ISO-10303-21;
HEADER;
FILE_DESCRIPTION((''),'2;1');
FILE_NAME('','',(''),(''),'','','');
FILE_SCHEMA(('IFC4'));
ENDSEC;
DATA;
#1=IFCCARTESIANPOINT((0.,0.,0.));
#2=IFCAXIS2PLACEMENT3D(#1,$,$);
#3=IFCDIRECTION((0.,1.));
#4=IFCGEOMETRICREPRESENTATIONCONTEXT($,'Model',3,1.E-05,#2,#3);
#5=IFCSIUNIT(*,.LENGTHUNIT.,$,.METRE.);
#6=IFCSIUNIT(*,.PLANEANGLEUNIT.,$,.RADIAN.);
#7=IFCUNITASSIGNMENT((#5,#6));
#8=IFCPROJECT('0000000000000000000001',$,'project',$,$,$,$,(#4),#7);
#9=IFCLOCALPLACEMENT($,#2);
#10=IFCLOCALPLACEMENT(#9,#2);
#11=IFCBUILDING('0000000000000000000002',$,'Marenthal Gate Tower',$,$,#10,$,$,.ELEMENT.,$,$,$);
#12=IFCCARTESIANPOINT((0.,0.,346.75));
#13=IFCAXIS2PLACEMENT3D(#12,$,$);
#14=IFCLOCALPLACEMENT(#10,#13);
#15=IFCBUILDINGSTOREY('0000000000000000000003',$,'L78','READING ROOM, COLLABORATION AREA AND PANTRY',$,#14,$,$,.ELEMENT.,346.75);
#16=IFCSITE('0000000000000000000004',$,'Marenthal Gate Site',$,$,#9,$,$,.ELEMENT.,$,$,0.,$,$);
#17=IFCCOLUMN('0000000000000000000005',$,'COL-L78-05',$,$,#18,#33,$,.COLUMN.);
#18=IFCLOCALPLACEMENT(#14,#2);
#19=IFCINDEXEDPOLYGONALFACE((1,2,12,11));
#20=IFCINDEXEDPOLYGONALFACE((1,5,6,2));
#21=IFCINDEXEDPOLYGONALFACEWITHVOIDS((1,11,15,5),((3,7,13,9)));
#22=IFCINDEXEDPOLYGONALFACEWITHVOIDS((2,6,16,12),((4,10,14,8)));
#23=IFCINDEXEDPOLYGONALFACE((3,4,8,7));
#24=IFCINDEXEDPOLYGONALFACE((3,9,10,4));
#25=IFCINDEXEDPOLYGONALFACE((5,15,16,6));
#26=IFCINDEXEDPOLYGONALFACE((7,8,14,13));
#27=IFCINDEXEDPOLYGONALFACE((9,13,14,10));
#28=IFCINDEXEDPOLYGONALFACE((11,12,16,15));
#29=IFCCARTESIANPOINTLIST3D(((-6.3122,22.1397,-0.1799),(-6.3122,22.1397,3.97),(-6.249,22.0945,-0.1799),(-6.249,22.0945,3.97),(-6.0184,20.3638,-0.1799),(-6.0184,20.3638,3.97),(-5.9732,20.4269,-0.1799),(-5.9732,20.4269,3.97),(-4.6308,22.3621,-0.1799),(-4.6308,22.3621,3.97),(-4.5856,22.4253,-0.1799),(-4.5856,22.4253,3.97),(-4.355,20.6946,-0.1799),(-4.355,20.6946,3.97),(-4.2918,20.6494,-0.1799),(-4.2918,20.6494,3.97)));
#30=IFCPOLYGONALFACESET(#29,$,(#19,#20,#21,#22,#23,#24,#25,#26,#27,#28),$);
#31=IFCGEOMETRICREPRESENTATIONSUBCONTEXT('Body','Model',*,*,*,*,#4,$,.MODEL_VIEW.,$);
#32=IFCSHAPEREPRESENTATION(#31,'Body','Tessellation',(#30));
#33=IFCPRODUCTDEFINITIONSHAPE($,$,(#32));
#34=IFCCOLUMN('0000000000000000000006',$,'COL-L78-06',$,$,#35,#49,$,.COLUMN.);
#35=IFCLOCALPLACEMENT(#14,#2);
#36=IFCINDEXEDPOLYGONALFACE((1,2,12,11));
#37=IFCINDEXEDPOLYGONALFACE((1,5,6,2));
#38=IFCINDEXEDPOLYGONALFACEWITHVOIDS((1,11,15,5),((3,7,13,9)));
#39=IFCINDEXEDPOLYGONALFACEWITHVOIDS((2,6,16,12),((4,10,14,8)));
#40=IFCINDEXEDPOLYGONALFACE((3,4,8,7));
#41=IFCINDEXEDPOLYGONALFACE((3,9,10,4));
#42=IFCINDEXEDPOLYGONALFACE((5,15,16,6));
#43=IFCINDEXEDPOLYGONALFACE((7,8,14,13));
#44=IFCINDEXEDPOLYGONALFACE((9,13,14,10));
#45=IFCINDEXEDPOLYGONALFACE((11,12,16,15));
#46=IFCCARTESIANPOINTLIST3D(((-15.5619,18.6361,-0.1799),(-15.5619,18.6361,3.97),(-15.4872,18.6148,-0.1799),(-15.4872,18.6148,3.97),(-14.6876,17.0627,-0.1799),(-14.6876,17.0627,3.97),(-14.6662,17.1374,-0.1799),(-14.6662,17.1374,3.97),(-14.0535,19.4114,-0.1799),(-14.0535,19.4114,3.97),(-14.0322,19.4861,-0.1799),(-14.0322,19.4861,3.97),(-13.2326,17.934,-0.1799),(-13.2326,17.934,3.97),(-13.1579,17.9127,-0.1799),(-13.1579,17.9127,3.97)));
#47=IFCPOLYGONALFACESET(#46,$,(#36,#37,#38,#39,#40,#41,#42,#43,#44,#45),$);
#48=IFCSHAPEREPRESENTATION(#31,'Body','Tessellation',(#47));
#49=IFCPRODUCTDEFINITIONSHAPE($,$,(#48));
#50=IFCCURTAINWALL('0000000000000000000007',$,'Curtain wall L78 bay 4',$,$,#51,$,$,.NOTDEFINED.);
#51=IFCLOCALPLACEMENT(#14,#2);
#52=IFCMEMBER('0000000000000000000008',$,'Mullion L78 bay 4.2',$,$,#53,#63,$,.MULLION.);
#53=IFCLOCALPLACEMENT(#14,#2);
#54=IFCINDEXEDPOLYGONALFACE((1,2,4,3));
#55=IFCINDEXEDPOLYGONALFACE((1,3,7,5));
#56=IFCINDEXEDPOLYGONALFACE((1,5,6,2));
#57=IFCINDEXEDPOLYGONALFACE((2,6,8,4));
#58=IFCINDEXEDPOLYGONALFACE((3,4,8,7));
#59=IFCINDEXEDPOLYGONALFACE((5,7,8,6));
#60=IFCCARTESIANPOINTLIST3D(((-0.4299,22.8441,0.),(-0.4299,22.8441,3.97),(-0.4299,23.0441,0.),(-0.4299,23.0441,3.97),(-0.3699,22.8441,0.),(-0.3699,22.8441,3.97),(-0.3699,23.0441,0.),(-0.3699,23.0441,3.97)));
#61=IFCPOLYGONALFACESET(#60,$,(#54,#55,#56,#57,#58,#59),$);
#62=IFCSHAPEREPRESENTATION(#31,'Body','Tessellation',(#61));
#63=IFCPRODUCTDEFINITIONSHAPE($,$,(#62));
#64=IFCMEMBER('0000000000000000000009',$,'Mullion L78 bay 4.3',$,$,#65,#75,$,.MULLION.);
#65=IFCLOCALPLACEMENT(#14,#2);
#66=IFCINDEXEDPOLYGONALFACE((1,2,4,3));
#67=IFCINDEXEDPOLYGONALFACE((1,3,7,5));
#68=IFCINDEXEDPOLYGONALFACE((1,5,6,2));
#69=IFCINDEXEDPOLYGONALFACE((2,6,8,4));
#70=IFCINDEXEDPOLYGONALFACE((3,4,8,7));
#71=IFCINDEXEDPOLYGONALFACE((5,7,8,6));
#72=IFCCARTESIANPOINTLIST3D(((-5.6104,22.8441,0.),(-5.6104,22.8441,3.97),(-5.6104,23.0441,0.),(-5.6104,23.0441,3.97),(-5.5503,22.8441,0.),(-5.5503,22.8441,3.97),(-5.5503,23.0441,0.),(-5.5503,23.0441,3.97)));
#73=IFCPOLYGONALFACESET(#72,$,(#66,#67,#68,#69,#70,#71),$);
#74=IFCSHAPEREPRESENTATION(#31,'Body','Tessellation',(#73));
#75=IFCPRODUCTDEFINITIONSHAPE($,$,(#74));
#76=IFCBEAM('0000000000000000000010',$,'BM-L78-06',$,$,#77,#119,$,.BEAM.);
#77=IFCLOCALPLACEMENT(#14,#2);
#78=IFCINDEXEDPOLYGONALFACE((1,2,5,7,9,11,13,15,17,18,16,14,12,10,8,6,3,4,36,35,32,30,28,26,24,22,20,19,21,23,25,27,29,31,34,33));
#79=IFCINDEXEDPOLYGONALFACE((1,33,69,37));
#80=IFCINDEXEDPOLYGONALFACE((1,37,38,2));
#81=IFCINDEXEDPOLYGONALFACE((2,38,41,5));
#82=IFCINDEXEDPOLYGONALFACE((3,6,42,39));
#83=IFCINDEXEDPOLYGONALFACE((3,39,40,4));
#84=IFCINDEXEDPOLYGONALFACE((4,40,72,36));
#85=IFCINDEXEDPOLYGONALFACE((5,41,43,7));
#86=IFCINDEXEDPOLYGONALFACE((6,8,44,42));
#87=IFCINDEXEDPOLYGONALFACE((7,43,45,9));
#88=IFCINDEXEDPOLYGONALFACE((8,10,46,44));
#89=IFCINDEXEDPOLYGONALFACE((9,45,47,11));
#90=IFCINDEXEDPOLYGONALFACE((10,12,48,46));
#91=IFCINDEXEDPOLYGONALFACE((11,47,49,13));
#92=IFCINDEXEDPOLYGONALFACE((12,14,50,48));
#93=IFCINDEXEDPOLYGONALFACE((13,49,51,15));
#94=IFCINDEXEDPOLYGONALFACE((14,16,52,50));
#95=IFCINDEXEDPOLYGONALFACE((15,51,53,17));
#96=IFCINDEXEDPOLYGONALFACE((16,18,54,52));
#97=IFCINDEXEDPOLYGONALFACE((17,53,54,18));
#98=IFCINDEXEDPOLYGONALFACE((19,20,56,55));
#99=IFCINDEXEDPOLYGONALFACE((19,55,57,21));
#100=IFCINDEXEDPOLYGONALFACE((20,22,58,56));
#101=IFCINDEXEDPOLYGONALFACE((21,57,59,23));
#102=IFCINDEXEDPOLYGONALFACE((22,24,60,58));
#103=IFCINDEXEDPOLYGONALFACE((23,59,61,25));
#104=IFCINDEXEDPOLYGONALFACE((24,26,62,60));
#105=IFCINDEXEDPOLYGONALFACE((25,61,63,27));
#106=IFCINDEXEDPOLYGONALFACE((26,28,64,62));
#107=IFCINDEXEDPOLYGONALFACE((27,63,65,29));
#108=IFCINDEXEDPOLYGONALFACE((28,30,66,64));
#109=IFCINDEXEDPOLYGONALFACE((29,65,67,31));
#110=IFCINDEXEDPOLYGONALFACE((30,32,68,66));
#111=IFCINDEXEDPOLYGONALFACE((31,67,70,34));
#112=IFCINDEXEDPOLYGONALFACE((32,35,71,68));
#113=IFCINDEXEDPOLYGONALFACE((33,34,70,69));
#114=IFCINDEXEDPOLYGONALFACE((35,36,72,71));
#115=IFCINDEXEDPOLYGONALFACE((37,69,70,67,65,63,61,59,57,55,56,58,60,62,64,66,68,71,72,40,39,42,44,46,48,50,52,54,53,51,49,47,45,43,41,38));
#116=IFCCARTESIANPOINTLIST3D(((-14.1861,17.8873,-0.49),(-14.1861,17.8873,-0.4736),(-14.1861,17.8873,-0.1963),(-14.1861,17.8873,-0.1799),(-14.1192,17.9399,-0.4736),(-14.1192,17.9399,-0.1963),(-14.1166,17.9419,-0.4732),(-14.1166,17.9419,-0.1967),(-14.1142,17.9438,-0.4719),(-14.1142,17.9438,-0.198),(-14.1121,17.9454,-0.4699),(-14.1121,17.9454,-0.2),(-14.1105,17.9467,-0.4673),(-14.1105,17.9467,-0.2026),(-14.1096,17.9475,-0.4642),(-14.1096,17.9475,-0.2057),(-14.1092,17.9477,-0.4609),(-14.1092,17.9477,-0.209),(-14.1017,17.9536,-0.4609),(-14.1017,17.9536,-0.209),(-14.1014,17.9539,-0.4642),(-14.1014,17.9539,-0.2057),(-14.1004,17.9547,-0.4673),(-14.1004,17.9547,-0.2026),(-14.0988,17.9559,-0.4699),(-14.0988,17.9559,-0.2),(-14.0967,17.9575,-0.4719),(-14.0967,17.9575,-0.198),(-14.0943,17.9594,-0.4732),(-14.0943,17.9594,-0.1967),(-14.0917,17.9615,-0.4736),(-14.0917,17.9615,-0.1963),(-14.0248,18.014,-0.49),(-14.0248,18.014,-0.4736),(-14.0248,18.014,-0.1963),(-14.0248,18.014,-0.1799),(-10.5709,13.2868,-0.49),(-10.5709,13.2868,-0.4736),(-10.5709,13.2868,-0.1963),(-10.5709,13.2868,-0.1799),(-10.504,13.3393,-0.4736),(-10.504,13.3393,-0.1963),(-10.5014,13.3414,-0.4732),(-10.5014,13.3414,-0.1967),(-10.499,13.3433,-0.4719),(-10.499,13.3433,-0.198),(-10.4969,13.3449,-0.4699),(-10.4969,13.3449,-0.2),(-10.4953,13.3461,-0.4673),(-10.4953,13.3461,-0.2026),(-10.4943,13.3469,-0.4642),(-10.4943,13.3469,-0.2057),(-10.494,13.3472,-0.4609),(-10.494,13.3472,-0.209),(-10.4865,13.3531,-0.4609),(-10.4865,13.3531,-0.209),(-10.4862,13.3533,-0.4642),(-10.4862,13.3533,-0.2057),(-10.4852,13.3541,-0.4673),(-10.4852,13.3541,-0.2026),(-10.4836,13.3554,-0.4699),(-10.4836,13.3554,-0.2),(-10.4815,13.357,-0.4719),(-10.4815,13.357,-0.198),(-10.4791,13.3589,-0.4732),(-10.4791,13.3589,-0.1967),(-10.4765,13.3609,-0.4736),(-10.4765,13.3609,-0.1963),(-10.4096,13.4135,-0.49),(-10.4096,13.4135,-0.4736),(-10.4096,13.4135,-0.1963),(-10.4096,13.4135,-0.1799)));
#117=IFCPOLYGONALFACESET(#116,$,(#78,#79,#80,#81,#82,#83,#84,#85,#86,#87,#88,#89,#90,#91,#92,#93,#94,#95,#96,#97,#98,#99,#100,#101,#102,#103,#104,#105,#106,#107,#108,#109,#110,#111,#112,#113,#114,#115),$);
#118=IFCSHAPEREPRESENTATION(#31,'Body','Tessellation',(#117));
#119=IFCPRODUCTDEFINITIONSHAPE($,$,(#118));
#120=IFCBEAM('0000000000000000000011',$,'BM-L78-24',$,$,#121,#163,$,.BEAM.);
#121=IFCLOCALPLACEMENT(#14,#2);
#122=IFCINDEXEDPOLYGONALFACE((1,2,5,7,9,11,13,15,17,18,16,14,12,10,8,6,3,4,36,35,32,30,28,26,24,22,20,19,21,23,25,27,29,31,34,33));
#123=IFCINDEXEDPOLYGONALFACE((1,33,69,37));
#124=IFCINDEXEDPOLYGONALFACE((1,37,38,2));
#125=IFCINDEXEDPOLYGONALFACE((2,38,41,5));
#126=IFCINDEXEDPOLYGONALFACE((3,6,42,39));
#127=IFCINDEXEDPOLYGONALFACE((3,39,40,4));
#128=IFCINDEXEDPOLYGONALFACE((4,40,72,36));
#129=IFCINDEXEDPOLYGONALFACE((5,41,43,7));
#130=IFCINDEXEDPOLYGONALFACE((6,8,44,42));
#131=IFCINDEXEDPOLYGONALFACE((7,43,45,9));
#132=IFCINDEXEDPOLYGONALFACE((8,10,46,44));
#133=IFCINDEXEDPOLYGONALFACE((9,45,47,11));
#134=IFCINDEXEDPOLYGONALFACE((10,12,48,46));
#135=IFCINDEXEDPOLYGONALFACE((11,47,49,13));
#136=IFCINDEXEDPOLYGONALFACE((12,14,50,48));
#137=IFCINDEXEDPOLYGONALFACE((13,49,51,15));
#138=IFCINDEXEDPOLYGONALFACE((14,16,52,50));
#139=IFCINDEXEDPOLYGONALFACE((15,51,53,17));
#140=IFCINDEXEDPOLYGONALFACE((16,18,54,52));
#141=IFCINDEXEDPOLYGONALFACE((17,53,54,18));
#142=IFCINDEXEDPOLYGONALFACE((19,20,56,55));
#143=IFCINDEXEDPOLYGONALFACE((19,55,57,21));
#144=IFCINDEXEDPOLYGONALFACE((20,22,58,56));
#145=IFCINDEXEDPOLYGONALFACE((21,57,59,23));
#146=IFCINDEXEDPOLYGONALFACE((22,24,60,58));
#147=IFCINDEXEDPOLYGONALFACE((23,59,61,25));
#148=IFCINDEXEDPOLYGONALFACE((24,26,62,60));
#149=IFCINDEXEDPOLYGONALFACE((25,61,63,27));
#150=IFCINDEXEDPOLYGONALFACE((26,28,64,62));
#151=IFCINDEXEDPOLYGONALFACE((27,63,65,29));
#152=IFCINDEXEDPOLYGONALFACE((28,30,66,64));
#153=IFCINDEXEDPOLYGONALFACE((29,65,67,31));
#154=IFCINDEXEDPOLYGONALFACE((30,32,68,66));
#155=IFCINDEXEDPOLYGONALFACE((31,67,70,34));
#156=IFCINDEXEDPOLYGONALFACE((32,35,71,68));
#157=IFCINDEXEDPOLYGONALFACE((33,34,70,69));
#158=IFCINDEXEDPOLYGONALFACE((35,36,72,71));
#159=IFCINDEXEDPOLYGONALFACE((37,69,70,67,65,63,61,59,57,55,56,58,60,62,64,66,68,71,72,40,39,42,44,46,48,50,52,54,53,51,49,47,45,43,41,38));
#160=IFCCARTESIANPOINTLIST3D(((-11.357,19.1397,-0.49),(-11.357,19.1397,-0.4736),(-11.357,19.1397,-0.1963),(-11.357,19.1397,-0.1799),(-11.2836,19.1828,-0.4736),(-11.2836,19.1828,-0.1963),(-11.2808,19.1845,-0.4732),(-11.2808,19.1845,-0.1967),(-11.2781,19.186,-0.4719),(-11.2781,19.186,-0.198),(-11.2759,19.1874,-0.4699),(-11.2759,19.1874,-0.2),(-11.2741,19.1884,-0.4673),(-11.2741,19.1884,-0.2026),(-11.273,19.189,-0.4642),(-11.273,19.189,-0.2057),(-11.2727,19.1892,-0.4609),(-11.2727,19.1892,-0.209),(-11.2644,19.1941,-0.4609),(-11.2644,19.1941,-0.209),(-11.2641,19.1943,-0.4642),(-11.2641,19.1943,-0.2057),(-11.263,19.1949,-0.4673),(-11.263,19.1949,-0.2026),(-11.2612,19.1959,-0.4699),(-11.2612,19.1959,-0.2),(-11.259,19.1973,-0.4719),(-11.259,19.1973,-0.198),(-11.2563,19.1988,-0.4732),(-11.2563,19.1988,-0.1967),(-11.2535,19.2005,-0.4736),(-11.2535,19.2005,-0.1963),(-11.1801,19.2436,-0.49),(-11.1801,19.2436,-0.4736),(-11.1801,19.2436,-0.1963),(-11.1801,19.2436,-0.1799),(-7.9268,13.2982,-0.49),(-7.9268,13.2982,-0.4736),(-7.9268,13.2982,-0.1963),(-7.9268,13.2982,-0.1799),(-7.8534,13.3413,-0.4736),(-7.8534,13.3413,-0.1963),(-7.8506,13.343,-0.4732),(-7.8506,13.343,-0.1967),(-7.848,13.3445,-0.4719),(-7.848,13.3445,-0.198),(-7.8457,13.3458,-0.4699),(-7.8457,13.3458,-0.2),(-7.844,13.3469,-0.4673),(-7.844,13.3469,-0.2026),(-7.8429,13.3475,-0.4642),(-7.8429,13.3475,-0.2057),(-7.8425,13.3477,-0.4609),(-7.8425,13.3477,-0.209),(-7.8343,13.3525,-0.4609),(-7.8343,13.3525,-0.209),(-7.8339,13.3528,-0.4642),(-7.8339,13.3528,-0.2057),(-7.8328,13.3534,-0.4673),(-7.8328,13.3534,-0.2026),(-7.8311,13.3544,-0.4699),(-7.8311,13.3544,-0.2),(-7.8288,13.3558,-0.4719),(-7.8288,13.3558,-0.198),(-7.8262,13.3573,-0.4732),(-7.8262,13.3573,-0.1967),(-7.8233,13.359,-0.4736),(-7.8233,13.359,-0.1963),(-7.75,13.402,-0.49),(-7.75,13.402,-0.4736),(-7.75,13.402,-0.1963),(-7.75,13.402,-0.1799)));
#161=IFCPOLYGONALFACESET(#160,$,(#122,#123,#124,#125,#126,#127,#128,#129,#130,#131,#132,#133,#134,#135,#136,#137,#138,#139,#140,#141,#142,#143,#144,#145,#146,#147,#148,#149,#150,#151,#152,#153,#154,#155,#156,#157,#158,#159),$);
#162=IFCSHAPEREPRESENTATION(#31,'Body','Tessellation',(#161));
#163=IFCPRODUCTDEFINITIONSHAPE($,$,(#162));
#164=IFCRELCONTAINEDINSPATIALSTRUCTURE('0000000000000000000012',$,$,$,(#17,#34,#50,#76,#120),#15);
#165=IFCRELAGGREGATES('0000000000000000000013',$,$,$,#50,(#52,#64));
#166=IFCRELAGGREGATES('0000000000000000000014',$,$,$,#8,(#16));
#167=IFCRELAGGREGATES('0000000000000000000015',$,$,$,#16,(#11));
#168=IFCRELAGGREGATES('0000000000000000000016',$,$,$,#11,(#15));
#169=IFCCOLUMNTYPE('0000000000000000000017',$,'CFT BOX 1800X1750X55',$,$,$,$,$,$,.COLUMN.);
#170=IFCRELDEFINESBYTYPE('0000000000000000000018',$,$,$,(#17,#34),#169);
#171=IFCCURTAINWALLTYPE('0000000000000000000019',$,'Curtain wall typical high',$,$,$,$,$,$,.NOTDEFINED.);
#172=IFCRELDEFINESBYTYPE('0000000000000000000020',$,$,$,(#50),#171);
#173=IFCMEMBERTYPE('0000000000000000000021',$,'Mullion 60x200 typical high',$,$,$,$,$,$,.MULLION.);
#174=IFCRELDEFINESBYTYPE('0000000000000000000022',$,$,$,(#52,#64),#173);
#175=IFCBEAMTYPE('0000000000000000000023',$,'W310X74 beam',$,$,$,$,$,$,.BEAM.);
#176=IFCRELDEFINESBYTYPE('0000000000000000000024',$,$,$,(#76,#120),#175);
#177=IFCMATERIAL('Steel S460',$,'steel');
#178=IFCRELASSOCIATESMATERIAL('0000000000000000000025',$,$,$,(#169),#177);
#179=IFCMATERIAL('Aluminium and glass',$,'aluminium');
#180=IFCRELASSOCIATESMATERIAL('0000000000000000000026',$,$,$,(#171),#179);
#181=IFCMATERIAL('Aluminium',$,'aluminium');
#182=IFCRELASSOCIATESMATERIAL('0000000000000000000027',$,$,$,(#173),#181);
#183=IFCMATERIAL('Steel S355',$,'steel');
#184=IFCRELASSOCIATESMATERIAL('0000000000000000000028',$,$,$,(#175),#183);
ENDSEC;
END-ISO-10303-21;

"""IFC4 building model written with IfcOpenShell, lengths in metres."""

from ifc_helpers import new_model, si_unit, direction, frame, origin, origin_2d, place, context, subcontext, project, spatial, rectangle, hollow_rectangle, i_section, extrude, material, material_profile, profile_set, type_object, element, aggregate, save


model = new_model("IFC4")

# Units and contexts
model_context = context("Model", 3, precision=1e-05, world=origin(), true_north=direction((0.0, 1.0)))
body_context = subcontext(model_context, "Body", "Model", "MODEL_VIEW")
ifc_project = project(units=[si_unit("LENGTHUNIT", "METRE"), si_unit("PLANEANGLEUNIT", "RADIAN")], contexts=[model_context])

# Site, building, storey
site_placement = place(None, origin())
site = spatial("IfcSite", under=ifc_project, at=site_placement, Name="Marenthal Gate Site", CompositionType="ELEMENT", RefElevation=0.0)
building_placement = place(site_placement, origin())
building = spatial("IfcBuilding", under=site, at=building_placement, Name="Marenthal Gate Tower", CompositionType="ELEMENT")
storey_placement = place(building_placement, frame((0.0, 0.0, 346.75)))
storey = spatial("IfcBuildingStorey", under=building, at=storey_placement, Name="L78", Description="READING ROOM, COLLABORATION AREA AND PANTRY", CompositionType="ELEMENT", Elevation=346.75)

# Columns
ifc_material_1 = material(Name="Steel S460", Category="steel")
ifc_material_profile_1 = material_profile(ifc_material_1, hollow_rectangle(XDim=1.75, YDim=1.8, WallThickness=0.0549, at=origin_2d()), Name="CFT BOX 1800X1750X55")
ifc_material_2 = material(Name="Concrete 70 MPa", Category="concrete")
ifc_material_profile_2 = material_profile(ifc_material_2, rectangle(XDim=1.6399, YDim=1.6899, at=origin_2d()), Name="CFT BOX 1800X1750X55 INFILL")
ifc_profile_set_1 = profile_set([ifc_material_profile_1, ifc_material_profile_2], Name="Steel S460 shell, Concrete 70 MPa infill")
column_type = type_object("IfcColumnType", Name="CFT BOX 1800X1750X55", PredefinedType="COLUMN", material=ifc_profile_set_1)
for number, where, z_axis, x_axis, name in (
    (1, (-5.302, 21.3945, -0.1799), (0.0, 0.0, 1.0), (0.986593, 0.1632, 0.0), "COL-L78-05"),
    (2, (-14.3599, 18.2744, -0.1799), (0.0, 0.0, 1.0), (0.874116, 0.485718, 0.0), "COL-L78-06"),
):
    element("IfcColumn", number, at=place(storey_placement, frame(where, z_axis=z_axis, x_axis=x_axis)), inside=storey, type_object=column_type, Name=name, PredefinedType="COLUMN", context=body_context, shape_type="SweptSolid", body=[
        extrude(hollow_rectangle(XDim=1.75, YDim=1.8, WallThickness=0.0549, at=origin_2d()), origin(), (0.0, 0.0, 1.0), 4.1499),
    ])

# Curtain wall, members
ifc_material_3 = material(Name="Aluminium and glass", Category="aluminium")
curtain_wall_type = type_object("IfcCurtainWallType", Name="Curtain wall typical high", PredefinedType="NOTDEFINED", material=ifc_material_3)
curtain_wall_placement = place(storey_placement, origin())
curtain_wall = element("IfcCurtainWall", 3, at=curtain_wall_placement, inside=storey, type_object=curtain_wall_type, Name="Curtain wall L78 bay 4", PredefinedType="NOTDEFINED")
ifc_material_4 = material(Name="Aluminium", Category="aluminium")
ifc_material_profile_3 = material_profile(ifc_material_4, rectangle(XDim=0.2, YDim=0.0601, at=origin_2d()), Name="60x200 aluminium mullion")
ifc_profile_set_2 = profile_set([ifc_material_profile_3], Name="Aluminium")
member_type = type_object("IfcMemberType", Name="Mullion 60x200 typical high", PredefinedType="MULLION", material=ifc_profile_set_2)
member_1_placement = place(storey_placement, frame((-0.3999, 22.9441, 0.0), z_axis=(0.0, 0.0, 1.0), x_axis=(0.0, -1.0, 0.0)))
member_1 = element("IfcMember", 4, at=member_1_placement, type_object=member_type, Name="Mullion L78 bay 4.2", PredefinedType="MULLION", context=body_context, shape_type="SweptSolid", body=[
    extrude(rectangle(XDim=0.2, YDim=0.0601, at=origin_2d()), origin(), (0.0, 0.0, 1.0), 3.97),
])
member_2_placement = place(storey_placement, frame((-5.5803, 22.9441, 0.0), z_axis=(0.0, 0.0, 1.0), x_axis=(0.0, -1.0, 0.0)))
member_2 = element("IfcMember", 5, at=member_2_placement, type_object=member_type, Name="Mullion L78 bay 4.3", PredefinedType="MULLION", context=body_context, shape_type="SweptSolid", body=[
    extrude(rectangle(XDim=0.2, YDim=0.0601, at=origin_2d()), origin(), (0.0, 0.0, 1.0), 3.97),
])

# Beams
ifc_material_5 = material(Name="Steel S355", Category="steel")
ifc_material_profile_4 = material_profile(ifc_material_5, i_section(OverallWidth=0.2051, OverallDepth=0.3101, WebThickness=0.0095, FlangeThickness=0.0164, FilletRadius=0.0127, at=origin_2d()), Name="W310X74")
ifc_profile_set_3 = profile_set([ifc_material_profile_4], Name="Steel S355")
beam_type_1 = type_object("IfcBeamType", Name="W310X74 beam", PredefinedType="BEAM", material=ifc_profile_set_3)
beam_1_placement = place(storey_placement, frame((-14.1055, 17.9507, -0.335), z_axis=(0.617873, -0.786278, 0.0), x_axis=(0.786278, 0.617873, 0.0)))
element("IfcBeam", 6, at=beam_1_placement, inside=storey, type_object=beam_type_1, Name="BM-L78-06", PredefinedType="BEAM", context=body_context, shape_type="SweptSolid", body=[
    extrude(i_section(OverallWidth=0.2051, OverallDepth=0.3101, WebThickness=0.0095, FlangeThickness=0.0164, FilletRadius=0.0127, at=origin_2d()), origin(), (0.0, 0.0, 1.0), 5.8511),
])
beam_2_placement = place(storey_placement, frame((-11.2686, 19.1917, -0.335), z_axis=(0.506358, -0.862323, 0.0), x_axis=(0.862323, 0.506358, 0.0)))
element("IfcBeam", 7, at=beam_2_placement, inside=storey, type_object=beam_type_1, Name="BM-L78-24", PredefinedType="BEAM", context=body_context, shape_type="SweptSolid", body=[
    extrude(i_section(OverallWidth=0.2051, OverallDepth=0.3101, WebThickness=0.0095, FlangeThickness=0.0164, FilletRadius=0.0127, at=origin_2d()), origin(), (0.0, 0.0, 1.0), 6.7742),
])

aggregate(curtain_wall, [member_1, member_2])

save(model, "model.ifc")
